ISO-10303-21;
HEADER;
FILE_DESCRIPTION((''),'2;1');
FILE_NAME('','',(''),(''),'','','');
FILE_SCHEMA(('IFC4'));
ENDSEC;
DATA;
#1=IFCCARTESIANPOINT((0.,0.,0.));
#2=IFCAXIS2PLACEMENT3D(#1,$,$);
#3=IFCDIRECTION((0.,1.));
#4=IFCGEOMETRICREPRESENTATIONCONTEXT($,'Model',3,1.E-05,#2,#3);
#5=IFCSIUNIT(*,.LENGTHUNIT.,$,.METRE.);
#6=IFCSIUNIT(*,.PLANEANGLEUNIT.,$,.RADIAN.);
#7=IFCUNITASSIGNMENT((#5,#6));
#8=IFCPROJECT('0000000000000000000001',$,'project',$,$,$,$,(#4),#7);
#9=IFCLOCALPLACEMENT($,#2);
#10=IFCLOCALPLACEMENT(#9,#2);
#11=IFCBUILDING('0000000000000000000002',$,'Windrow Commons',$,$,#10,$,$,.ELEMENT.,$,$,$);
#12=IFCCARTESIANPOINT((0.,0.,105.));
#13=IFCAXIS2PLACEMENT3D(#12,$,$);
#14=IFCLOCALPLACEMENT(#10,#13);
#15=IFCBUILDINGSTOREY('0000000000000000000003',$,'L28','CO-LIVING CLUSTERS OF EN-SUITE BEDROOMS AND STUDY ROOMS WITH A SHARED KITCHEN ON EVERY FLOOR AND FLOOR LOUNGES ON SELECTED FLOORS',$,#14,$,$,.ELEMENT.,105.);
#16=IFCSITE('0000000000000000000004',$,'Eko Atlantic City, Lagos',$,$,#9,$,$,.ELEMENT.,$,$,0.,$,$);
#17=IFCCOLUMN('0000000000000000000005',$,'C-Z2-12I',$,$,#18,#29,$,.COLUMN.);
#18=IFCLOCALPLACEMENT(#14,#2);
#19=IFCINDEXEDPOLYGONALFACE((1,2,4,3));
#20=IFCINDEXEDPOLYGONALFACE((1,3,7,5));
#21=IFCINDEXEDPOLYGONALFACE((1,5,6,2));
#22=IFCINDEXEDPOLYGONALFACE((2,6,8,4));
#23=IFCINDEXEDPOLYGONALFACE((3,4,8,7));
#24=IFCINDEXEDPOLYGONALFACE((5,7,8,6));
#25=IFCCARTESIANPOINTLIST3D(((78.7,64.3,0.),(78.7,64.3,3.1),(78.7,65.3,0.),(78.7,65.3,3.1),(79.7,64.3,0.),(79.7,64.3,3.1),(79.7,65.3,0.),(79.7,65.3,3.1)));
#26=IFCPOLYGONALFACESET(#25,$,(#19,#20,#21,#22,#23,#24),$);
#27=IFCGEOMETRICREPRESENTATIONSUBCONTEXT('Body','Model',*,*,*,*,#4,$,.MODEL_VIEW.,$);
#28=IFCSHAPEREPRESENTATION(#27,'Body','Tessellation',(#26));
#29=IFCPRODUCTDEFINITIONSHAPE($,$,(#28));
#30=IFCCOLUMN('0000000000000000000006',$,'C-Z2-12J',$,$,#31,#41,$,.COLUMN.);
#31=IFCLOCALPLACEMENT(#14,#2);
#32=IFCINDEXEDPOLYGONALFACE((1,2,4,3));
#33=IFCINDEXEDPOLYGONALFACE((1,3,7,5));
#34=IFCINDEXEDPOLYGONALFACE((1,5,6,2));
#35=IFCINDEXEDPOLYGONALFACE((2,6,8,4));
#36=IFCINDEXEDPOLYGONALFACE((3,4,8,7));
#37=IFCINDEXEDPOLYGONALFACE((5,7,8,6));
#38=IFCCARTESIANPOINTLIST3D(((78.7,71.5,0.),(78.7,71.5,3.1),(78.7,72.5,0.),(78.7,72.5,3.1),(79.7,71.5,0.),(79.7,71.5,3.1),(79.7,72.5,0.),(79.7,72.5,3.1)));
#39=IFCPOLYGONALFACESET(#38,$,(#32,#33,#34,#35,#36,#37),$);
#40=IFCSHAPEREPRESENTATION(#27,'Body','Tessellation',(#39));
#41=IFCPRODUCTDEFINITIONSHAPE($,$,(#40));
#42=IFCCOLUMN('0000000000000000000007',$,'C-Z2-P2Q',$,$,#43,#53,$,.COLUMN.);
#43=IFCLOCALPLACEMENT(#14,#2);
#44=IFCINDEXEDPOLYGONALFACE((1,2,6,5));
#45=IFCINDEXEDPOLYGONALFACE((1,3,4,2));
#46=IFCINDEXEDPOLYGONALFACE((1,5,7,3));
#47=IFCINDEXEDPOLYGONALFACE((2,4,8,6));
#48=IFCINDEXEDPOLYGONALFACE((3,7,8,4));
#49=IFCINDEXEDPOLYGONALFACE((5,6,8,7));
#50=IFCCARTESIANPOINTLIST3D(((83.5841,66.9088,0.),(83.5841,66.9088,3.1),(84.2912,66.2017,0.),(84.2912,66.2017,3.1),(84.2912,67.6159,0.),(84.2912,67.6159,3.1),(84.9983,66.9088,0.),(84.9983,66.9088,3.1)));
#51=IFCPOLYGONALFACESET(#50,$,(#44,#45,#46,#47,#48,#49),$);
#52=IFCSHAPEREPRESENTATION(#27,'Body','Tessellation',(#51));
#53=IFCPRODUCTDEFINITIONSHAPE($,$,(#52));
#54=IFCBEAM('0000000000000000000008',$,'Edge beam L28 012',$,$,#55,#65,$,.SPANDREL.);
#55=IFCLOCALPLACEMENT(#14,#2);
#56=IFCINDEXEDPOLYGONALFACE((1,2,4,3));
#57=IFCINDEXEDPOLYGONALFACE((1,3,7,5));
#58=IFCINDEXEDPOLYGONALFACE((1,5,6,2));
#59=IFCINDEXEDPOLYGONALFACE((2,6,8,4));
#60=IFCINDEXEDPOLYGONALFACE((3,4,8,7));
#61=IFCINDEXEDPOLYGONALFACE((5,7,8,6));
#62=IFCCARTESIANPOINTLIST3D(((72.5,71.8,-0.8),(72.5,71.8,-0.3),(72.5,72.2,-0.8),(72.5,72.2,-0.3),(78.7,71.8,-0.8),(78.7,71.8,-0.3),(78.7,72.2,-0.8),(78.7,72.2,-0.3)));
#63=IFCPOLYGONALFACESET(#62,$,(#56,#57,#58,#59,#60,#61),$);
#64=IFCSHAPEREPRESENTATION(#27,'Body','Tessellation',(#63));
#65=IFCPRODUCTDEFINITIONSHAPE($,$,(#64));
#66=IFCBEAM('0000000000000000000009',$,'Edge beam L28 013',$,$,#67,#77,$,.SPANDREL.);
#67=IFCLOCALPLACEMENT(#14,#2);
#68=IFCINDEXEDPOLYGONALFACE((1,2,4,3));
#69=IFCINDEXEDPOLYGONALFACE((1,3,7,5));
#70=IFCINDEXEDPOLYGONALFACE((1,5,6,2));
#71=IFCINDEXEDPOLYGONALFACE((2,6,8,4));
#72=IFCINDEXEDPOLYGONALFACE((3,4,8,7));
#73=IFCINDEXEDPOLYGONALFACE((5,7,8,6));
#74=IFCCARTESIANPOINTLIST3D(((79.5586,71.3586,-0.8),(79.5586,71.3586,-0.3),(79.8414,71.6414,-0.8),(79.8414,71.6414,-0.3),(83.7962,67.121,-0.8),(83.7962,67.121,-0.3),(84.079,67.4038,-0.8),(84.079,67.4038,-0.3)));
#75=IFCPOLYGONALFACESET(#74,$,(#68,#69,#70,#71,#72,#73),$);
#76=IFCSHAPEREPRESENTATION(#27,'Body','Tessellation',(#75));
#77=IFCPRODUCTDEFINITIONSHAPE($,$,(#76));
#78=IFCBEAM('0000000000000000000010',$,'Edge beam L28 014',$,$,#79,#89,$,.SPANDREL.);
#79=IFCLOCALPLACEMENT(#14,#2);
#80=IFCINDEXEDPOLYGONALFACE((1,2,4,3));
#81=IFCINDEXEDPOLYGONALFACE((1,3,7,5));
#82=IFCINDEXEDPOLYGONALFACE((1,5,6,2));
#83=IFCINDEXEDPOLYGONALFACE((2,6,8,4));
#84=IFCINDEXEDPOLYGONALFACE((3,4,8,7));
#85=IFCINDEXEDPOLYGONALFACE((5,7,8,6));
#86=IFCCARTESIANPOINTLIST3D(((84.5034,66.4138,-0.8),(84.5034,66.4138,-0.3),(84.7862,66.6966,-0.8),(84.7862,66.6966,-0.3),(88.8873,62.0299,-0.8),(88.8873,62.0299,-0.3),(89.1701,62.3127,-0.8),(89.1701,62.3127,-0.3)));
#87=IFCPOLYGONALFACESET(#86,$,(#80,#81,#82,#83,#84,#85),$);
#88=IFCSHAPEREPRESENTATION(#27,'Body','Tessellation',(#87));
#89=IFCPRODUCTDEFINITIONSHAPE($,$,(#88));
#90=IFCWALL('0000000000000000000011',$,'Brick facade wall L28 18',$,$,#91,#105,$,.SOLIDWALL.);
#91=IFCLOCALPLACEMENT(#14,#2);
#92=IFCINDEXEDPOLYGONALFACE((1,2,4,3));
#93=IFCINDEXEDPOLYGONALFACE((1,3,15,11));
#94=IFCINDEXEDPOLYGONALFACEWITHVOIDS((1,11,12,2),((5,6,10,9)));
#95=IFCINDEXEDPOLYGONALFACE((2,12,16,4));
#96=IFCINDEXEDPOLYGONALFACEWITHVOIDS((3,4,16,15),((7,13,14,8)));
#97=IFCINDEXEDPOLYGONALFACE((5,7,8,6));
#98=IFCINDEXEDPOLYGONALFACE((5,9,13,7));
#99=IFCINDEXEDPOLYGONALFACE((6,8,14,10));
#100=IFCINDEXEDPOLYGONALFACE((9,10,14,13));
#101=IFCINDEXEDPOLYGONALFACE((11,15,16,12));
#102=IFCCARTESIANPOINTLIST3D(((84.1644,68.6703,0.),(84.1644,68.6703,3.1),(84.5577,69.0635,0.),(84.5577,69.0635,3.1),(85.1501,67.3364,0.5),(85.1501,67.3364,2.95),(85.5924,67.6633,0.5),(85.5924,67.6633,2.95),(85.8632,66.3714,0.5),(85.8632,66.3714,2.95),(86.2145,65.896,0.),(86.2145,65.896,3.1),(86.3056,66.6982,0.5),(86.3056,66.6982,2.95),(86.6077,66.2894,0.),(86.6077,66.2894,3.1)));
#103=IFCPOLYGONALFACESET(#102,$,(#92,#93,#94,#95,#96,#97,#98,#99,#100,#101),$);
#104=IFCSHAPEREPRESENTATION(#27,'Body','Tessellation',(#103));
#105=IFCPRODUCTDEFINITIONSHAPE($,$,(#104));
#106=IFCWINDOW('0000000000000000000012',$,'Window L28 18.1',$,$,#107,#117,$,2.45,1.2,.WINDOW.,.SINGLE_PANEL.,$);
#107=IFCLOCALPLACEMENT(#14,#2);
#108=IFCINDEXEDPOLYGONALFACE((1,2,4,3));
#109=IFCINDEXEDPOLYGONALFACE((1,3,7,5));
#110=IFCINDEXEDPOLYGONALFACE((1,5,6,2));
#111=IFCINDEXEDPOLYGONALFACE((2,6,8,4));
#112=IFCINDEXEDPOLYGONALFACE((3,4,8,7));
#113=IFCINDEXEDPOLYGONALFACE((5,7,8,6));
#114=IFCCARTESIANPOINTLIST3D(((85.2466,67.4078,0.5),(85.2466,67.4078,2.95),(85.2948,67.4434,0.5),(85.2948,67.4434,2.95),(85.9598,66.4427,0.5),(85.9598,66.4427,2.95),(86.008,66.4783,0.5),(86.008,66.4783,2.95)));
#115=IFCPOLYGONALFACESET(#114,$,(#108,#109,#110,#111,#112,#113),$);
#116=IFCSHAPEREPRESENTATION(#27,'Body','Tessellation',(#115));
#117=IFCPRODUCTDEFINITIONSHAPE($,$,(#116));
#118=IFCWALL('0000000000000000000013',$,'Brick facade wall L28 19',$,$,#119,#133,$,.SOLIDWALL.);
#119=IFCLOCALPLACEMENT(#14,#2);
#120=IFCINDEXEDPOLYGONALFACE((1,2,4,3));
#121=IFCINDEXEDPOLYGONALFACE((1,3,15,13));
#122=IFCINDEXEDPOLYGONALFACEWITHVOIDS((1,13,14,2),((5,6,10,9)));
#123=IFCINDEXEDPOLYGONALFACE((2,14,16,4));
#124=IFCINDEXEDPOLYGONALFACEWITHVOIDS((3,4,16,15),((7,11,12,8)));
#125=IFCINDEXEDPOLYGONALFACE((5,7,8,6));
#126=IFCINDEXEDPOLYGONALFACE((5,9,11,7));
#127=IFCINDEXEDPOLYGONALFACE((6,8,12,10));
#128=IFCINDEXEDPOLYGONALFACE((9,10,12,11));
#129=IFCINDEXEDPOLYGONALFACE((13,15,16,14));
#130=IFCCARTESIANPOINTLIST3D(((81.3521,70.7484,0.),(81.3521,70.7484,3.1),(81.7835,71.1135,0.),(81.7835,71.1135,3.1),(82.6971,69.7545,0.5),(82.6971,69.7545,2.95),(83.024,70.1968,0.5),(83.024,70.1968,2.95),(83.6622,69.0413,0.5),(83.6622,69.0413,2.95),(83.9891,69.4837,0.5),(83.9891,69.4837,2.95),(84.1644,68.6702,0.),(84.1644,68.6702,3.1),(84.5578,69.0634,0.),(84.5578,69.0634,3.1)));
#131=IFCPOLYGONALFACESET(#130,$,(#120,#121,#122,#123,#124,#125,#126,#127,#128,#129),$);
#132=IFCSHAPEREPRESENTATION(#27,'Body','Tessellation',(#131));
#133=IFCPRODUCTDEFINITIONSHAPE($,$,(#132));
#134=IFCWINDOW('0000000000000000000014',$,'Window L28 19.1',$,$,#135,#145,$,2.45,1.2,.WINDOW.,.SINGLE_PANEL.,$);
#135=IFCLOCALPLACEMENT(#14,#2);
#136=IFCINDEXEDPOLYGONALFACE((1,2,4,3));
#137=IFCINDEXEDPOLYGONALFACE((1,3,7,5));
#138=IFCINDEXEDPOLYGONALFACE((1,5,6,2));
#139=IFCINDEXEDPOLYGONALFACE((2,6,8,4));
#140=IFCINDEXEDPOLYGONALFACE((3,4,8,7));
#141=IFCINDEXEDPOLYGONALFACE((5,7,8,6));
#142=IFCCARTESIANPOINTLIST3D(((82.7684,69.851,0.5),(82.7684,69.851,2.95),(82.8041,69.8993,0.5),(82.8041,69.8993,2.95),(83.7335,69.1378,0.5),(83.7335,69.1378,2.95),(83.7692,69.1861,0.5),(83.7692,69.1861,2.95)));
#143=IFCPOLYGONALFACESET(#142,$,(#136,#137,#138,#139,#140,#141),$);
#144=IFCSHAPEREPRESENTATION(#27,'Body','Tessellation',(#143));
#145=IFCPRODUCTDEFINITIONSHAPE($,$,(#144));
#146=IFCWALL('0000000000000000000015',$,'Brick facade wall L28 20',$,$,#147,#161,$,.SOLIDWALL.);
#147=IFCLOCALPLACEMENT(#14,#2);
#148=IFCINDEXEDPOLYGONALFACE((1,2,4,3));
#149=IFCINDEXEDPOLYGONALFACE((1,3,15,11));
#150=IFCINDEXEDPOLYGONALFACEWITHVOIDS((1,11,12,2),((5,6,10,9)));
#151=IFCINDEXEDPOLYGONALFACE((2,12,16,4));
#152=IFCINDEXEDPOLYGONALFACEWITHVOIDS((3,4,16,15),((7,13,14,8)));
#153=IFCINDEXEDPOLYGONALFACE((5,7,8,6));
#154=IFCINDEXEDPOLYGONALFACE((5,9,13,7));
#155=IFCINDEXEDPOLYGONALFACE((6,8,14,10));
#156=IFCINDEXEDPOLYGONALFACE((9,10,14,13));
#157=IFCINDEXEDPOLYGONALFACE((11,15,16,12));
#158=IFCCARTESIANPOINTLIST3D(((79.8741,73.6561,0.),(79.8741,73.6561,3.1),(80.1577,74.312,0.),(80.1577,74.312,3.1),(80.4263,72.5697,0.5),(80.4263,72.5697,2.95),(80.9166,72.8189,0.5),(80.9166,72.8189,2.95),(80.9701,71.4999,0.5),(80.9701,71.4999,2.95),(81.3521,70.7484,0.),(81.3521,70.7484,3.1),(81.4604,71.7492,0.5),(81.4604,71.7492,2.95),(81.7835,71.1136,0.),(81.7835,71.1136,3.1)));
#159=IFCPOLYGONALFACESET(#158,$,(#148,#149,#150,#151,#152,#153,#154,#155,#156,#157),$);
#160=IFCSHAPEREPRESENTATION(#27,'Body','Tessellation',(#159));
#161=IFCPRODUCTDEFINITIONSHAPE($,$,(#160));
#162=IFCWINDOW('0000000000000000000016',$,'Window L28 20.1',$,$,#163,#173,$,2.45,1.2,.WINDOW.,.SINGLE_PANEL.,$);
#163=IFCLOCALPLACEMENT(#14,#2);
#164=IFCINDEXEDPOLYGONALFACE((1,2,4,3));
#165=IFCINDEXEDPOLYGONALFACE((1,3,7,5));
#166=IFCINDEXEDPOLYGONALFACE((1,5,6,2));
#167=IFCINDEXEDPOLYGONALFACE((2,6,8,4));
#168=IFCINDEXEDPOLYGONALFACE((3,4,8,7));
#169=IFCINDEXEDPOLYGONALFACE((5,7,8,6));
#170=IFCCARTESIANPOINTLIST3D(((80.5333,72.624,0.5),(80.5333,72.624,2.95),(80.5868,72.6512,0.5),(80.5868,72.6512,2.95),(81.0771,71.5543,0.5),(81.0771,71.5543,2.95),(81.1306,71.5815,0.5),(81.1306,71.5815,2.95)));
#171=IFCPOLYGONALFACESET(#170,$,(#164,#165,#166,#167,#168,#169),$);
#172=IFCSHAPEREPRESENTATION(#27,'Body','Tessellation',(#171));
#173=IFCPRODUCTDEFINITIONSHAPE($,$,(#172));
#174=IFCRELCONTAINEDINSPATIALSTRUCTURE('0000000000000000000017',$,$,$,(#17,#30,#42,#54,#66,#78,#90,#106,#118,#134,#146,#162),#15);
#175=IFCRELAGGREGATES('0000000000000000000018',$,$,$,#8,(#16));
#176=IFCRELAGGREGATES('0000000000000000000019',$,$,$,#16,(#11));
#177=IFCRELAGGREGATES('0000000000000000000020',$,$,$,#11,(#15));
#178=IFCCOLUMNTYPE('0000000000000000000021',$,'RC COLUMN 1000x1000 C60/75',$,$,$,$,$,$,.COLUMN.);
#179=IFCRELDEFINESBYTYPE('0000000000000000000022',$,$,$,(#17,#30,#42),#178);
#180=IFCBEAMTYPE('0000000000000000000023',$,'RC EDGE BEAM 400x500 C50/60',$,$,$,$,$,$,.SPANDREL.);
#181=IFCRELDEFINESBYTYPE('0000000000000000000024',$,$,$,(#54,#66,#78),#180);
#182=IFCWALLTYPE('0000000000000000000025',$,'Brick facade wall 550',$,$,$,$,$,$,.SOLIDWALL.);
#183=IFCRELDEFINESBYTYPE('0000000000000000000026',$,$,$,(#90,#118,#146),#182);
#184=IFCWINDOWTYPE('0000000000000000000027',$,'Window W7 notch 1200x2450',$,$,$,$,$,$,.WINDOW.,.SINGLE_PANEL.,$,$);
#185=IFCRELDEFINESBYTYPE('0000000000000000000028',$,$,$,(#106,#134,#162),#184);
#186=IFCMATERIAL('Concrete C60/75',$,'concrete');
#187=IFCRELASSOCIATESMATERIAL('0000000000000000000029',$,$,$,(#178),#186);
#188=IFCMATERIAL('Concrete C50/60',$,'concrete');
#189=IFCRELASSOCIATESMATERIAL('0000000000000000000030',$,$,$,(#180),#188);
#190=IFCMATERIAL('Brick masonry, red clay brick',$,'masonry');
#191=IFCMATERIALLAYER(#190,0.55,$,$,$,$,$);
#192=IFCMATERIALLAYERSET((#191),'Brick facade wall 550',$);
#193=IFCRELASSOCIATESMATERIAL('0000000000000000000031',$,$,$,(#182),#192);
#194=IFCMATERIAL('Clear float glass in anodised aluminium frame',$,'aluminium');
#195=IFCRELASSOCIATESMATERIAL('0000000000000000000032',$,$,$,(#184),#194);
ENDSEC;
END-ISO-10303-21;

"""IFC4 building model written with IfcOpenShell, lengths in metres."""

from ifc_helpers import new_model, si_unit, direction, frame, frame_2d, origin, origin_2d, place, context, subcontext, project, spatial, polyline, rectangle, outline, extrude, material, layer, layer_set, material_profile, profile_set, type_object, element, fill, save


model = new_model("IFC4")

# Units and contexts
model_context = context("Model", 3, precision=1e-05, world=origin(), true_north=direction((0.0, 1.0)))
body_context = subcontext(model_context, "Body", "Model", "MODEL_VIEW")
ifc_project = project(units=[si_unit("LENGTHUNIT", "METRE"), si_unit("PLANEANGLEUNIT", "RADIAN")], contexts=[model_context])

# Site, building, storey
site_placement = place(None, origin())
site = spatial("IfcSite", under=ifc_project, at=site_placement, Name="Eko Atlantic City, Lagos", CompositionType="ELEMENT", RefElevation=0.0)
building_placement = place(site_placement, origin())
building = spatial("IfcBuilding", under=site, at=building_placement, Name="Windrow Commons", CompositionType="ELEMENT")
storey_placement = place(building_placement, frame((0.0, 0.0, 105.0)))
storey = spatial("IfcBuildingStorey", under=building, at=storey_placement, Name="L28", Description="CO-LIVING CLUSTERS OF EN-SUITE BEDROOMS AND STUDY ROOMS WITH A SHARED KITCHEN ON EVERY FLOOR AND FLOOR LOUNGES ON SELECTED FLOORS", CompositionType="ELEMENT", Elevation=105.0)

# Columns
ifc_material_1 = material(Name="Concrete C60/75", Category="concrete")
ifc_material_profile_1 = material_profile(ifc_material_1, rectangle(XDim=1.0, YDim=1.0, at=origin_2d()))
ifc_profile_set_1 = profile_set([ifc_material_profile_1], Name="Concrete C60/75")
column_type = type_object("IfcColumnType", Name="RC COLUMN 1000x1000 C60/75", PredefinedType="COLUMN", material=ifc_profile_set_1)
for number, where, z_axis, x_axis, name in (
    (1, (79.2, 64.8, 0.0), (0.0, 0.0, 1.0), (1.0, 0.0, 0.0), "C-Z2-12I"),
    (2, (79.2, 72.0, 0.0), (0.0, 0.0, 1.0), (1.0, 0.0, 0.0), "C-Z2-12J"),
    (3, (84.2912, 66.9088, 0.0), (0.0, 0.0, 1.0), (0.707107, -0.707107, 0.0), "C-Z2-P2Q"),
):
    element("IfcColumn", number, at=place(storey_placement, frame(where, z_axis=z_axis, x_axis=x_axis)), inside=storey, type_object=column_type, Name=name, PredefinedType="COLUMN", context=body_context, shape_type="SweptSolid", body=[
        extrude(rectangle(XDim=1.0, YDim=1.0, at=origin_2d()), origin(), (0.0, 0.0, 1.0), 3.1),
    ])

# Beams
ifc_material_2 = material(Name="Concrete C50/60", Category="concrete")
ifc_material_profile_2 = material_profile(ifc_material_2, rectangle(XDim=0.4, YDim=0.5, at=origin_2d()))
ifc_profile_set_2 = profile_set([ifc_material_profile_2], Name="Concrete C50/60")
beam_type = type_object("IfcBeamType", Name="RC EDGE BEAM 400x500 C50/60", PredefinedType="SPANDREL", material=ifc_profile_set_2)
beam_1_placement = place(storey_placement, frame((72.5, 72.0, -0.55), z_axis=(1.0, 0.0, 0.0), x_axis=(0.0, 1.0, 0.0)))
element("IfcBeam", 4, at=beam_1_placement, inside=storey, type_object=beam_type, Name="Edge beam L28 012", PredefinedType="SPANDREL", context=body_context, shape_type="SweptSolid", body=[
    extrude(rectangle(XDim=0.4, YDim=0.5, at=origin_2d()), origin(), (0.0, 0.0, 1.0), 6.2),
])
beam_2_placement = place(storey_placement, frame((79.7, 71.5, -0.55), z_axis=(0.707107, -0.707107, 0.0), x_axis=(0.707107, 0.707107, 0.0)))
element("IfcBeam", 5, at=beam_2_placement, inside=storey, type_object=beam_type, Name="Edge beam L28 013", PredefinedType="SPANDREL", context=body_context, shape_type="SweptSolid", body=[
    extrude(rectangle(XDim=0.4, YDim=0.5, at=origin_2d()), origin(), (0.0, 0.0, 1.0), 5.9929),
])
beam_3_placement = place(storey_placement, frame((84.6448, 66.5552, -0.55), z_axis=(0.707107, -0.707107, 0.0), x_axis=(0.707107, 0.707107, 0.0)))
element("IfcBeam", 6, at=beam_3_placement, inside=storey, type_object=beam_type, Name="Edge beam L28 014", PredefinedType="SPANDREL", context=body_context, shape_type="SweptSolid", body=[
    extrude(rectangle(XDim=0.4, YDim=0.5, at=origin_2d()), origin(), (0.0, 0.0, 1.0), 6.1998),
])

# Walls, openings, windows
ifc_material_3 = material(Name="Brick masonry, red clay brick", Category="masonry")
ifc_layer = layer(ifc_material_3, 0.55)
ifc_layer_set = layer_set([ifc_layer], Name="Brick facade wall 550")
wall_type = type_object("IfcWallType", Name="Brick facade wall 550", PredefinedType="SOLIDWALL", material=ifc_layer_set)
wall_1_placement = place(storey_placement, frame((86.4111, 66.0927, 0.0), z_axis=(0.0, 0.0, 1.0), x_axis=(-0.594312, 0.804235, 0.0)))
wall_1 = element("IfcWall", 7, at=wall_1_placement, inside=storey, type_object=wall_type, Name="Brick facade wall L28 18", PredefinedType="SOLIDWALL", context=body_context, shape_type="SweptSolid", body=[
    extrude(outline(polyline([(0.0413, -0.275), (3.4907, -0.275), (3.4082, 0.275), (-0.0413, 0.275), (0.0413, -0.275)])), origin(), (0.0, 0.0, 1.0), 3.1),
])
opening_1_placement = place(wall_1_placement, frame((0.5497, 0.0, 0.5)))
opening_1 = element("IfcOpeningElement", 8, at=opening_1_placement, cuts=wall_1, PredefinedType="OPENING", context=body_context, shape_type="SweptSolid", body=[
    extrude(rectangle(XDim=1.2, YDim=2.45, at=frame_2d((0.6, 1.225))), frame((0.0, 0.285, 0.0), z_axis=(0.0, -1.0, 0.0), x_axis=(1.0, 0.0, 0.0)), (0.0, 0.0, 1.0), 0.57),
])
ifc_material_4 = material(Name="Clear float glass in anodised aluminium frame", Category="aluminium")
window_type_1 = type_object("IfcWindowType", Name="Window W7 notch 1200x2450", PartitioningType="SINGLE_PANEL", PredefinedType="WINDOW", material=ifc_material_4)
window_1_placement = place(opening_1_placement, origin())
window_1 = element("IfcWindow", 9, at=window_1_placement, inside=storey, type_object=window_type_1, Name="Window L28 18.1", OverallHeight=2.45, OverallWidth=1.2, PartitioningType="SINGLE_PANEL", PredefinedType="WINDOW", context=body_context, shape_type="SweptSolid", body=[
    extrude(rectangle(XDim=1.2, YDim=2.45, at=frame_2d((0.6, 1.225))), frame((0.0, 0.155, 0.0), z_axis=(0.0, -1.0, 0.0), x_axis=(1.0, 0.0, 0.0)), (0.0, 0.0, 1.0), 0.06),
])
fill(opening_1, window_1)
wall_2_placement = place(storey_placement, frame((84.3611, 68.8668, 0.0), z_axis=(0.0, 0.0, 1.0), x_axis=(-0.804233, 0.594314, 0.0)))
wall_2 = element("IfcWall", 10, at=wall_2_placement, inside=storey, type_object=wall_type, Name="Brick facade wall L28 19", PredefinedType="SOLIDWALL", context=body_context, shape_type="SweptSolid", body=[
    extrude(outline(polyline([(-0.0413, -0.275), (3.4082, -0.275), (3.5382, 0.275), (0.0413, 0.275), (-0.0413, -0.275)])), origin(), (0.0, 0.0, 1.0), 3.1),
])
opening_2_placement = place(wall_2_placement, frame((0.6658, 0.0, 0.5)))
opening_2 = element("IfcOpeningElement", 11, at=opening_2_placement, cuts=wall_2, PredefinedType="OPENING", context=body_context, shape_type="SweptSolid", body=[
    extrude(rectangle(XDim=1.2, YDim=2.45, at=frame_2d((0.6, 1.225))), frame((0.0, 0.285, 0.0), z_axis=(0.0, -1.0, 0.0), x_axis=(1.0, 0.0, 0.0)), (0.0, 0.0, 1.0), 0.57),
])
window_2_placement = place(opening_2_placement, origin())
window_2 = element("IfcWindow", 12, at=window_2_placement, inside=storey, type_object=window_type_1, Name="Window L28 19.1", OverallHeight=2.45, OverallWidth=1.2, PartitioningType="SINGLE_PANEL", PredefinedType="WINDOW", context=body_context, shape_type="SweptSolid", body=[
    extrude(rectangle(XDim=1.2, YDim=2.45, at=frame_2d((0.6, 1.225))), frame((0.0, 0.155, 0.0), z_axis=(0.0, -1.0, 0.0), x_axis=(1.0, 0.0, 0.0)), (0.0, 0.0, 1.0), 0.06),
])
fill(opening_2, window_2)
wall_3_placement = place(storey_placement, frame((81.5678, 70.931, 0.0), z_axis=(0.0, 0.0, 1.0), x_axis=(-0.453137, 0.891441, 0.0)))
wall_3 = element("IfcWall", 13, at=wall_3_placement, inside=storey, type_object=wall_type, Name="Brick facade wall L28 20", PredefinedType="SOLIDWALL", context=body_context, shape_type="SweptSolid", body=[
    extrude(outline(polyline([(0.065, -0.275), (3.6529, -0.275), (3.1967, 0.275), (-0.065, 0.275), (0.065, -0.275)])), origin(), (0.0, 0.0, 1.0), 3.1),
])
opening_3_placement = place(wall_3_placement, frame((0.778, 0.0, 0.5)))
opening_3 = element("IfcOpeningElement", 14, at=opening_3_placement, cuts=wall_3, PredefinedType="OPENING", context=body_context, shape_type="SweptSolid", body=[
    extrude(rectangle(XDim=1.2, YDim=2.45, at=frame_2d((0.6, 1.225))), frame((0.0, 0.285, 0.0), z_axis=(0.0, -1.0, 0.0), x_axis=(1.0, 0.0, 0.0)), (0.0, 0.0, 1.0), 0.57),
])
window_3_placement = place(opening_3_placement, origin())
window_3 = element("IfcWindow", 15, at=window_3_placement, inside=storey, type_object=window_type_1, Name="Window L28 20.1", OverallHeight=2.45, OverallWidth=1.2, PartitioningType="SINGLE_PANEL", PredefinedType="WINDOW", context=body_context, shape_type="SweptSolid", body=[
    extrude(rectangle(XDim=1.2, YDim=2.45, at=frame_2d((0.6, 1.225))), frame((0.0, 0.155, 0.0), z_axis=(0.0, -1.0, 0.0), x_axis=(1.0, 0.0, 0.0)), (0.0, 0.0, 1.0), 0.06),
])
fill(opening_3, window_3)

save(model, "model.ifc")
